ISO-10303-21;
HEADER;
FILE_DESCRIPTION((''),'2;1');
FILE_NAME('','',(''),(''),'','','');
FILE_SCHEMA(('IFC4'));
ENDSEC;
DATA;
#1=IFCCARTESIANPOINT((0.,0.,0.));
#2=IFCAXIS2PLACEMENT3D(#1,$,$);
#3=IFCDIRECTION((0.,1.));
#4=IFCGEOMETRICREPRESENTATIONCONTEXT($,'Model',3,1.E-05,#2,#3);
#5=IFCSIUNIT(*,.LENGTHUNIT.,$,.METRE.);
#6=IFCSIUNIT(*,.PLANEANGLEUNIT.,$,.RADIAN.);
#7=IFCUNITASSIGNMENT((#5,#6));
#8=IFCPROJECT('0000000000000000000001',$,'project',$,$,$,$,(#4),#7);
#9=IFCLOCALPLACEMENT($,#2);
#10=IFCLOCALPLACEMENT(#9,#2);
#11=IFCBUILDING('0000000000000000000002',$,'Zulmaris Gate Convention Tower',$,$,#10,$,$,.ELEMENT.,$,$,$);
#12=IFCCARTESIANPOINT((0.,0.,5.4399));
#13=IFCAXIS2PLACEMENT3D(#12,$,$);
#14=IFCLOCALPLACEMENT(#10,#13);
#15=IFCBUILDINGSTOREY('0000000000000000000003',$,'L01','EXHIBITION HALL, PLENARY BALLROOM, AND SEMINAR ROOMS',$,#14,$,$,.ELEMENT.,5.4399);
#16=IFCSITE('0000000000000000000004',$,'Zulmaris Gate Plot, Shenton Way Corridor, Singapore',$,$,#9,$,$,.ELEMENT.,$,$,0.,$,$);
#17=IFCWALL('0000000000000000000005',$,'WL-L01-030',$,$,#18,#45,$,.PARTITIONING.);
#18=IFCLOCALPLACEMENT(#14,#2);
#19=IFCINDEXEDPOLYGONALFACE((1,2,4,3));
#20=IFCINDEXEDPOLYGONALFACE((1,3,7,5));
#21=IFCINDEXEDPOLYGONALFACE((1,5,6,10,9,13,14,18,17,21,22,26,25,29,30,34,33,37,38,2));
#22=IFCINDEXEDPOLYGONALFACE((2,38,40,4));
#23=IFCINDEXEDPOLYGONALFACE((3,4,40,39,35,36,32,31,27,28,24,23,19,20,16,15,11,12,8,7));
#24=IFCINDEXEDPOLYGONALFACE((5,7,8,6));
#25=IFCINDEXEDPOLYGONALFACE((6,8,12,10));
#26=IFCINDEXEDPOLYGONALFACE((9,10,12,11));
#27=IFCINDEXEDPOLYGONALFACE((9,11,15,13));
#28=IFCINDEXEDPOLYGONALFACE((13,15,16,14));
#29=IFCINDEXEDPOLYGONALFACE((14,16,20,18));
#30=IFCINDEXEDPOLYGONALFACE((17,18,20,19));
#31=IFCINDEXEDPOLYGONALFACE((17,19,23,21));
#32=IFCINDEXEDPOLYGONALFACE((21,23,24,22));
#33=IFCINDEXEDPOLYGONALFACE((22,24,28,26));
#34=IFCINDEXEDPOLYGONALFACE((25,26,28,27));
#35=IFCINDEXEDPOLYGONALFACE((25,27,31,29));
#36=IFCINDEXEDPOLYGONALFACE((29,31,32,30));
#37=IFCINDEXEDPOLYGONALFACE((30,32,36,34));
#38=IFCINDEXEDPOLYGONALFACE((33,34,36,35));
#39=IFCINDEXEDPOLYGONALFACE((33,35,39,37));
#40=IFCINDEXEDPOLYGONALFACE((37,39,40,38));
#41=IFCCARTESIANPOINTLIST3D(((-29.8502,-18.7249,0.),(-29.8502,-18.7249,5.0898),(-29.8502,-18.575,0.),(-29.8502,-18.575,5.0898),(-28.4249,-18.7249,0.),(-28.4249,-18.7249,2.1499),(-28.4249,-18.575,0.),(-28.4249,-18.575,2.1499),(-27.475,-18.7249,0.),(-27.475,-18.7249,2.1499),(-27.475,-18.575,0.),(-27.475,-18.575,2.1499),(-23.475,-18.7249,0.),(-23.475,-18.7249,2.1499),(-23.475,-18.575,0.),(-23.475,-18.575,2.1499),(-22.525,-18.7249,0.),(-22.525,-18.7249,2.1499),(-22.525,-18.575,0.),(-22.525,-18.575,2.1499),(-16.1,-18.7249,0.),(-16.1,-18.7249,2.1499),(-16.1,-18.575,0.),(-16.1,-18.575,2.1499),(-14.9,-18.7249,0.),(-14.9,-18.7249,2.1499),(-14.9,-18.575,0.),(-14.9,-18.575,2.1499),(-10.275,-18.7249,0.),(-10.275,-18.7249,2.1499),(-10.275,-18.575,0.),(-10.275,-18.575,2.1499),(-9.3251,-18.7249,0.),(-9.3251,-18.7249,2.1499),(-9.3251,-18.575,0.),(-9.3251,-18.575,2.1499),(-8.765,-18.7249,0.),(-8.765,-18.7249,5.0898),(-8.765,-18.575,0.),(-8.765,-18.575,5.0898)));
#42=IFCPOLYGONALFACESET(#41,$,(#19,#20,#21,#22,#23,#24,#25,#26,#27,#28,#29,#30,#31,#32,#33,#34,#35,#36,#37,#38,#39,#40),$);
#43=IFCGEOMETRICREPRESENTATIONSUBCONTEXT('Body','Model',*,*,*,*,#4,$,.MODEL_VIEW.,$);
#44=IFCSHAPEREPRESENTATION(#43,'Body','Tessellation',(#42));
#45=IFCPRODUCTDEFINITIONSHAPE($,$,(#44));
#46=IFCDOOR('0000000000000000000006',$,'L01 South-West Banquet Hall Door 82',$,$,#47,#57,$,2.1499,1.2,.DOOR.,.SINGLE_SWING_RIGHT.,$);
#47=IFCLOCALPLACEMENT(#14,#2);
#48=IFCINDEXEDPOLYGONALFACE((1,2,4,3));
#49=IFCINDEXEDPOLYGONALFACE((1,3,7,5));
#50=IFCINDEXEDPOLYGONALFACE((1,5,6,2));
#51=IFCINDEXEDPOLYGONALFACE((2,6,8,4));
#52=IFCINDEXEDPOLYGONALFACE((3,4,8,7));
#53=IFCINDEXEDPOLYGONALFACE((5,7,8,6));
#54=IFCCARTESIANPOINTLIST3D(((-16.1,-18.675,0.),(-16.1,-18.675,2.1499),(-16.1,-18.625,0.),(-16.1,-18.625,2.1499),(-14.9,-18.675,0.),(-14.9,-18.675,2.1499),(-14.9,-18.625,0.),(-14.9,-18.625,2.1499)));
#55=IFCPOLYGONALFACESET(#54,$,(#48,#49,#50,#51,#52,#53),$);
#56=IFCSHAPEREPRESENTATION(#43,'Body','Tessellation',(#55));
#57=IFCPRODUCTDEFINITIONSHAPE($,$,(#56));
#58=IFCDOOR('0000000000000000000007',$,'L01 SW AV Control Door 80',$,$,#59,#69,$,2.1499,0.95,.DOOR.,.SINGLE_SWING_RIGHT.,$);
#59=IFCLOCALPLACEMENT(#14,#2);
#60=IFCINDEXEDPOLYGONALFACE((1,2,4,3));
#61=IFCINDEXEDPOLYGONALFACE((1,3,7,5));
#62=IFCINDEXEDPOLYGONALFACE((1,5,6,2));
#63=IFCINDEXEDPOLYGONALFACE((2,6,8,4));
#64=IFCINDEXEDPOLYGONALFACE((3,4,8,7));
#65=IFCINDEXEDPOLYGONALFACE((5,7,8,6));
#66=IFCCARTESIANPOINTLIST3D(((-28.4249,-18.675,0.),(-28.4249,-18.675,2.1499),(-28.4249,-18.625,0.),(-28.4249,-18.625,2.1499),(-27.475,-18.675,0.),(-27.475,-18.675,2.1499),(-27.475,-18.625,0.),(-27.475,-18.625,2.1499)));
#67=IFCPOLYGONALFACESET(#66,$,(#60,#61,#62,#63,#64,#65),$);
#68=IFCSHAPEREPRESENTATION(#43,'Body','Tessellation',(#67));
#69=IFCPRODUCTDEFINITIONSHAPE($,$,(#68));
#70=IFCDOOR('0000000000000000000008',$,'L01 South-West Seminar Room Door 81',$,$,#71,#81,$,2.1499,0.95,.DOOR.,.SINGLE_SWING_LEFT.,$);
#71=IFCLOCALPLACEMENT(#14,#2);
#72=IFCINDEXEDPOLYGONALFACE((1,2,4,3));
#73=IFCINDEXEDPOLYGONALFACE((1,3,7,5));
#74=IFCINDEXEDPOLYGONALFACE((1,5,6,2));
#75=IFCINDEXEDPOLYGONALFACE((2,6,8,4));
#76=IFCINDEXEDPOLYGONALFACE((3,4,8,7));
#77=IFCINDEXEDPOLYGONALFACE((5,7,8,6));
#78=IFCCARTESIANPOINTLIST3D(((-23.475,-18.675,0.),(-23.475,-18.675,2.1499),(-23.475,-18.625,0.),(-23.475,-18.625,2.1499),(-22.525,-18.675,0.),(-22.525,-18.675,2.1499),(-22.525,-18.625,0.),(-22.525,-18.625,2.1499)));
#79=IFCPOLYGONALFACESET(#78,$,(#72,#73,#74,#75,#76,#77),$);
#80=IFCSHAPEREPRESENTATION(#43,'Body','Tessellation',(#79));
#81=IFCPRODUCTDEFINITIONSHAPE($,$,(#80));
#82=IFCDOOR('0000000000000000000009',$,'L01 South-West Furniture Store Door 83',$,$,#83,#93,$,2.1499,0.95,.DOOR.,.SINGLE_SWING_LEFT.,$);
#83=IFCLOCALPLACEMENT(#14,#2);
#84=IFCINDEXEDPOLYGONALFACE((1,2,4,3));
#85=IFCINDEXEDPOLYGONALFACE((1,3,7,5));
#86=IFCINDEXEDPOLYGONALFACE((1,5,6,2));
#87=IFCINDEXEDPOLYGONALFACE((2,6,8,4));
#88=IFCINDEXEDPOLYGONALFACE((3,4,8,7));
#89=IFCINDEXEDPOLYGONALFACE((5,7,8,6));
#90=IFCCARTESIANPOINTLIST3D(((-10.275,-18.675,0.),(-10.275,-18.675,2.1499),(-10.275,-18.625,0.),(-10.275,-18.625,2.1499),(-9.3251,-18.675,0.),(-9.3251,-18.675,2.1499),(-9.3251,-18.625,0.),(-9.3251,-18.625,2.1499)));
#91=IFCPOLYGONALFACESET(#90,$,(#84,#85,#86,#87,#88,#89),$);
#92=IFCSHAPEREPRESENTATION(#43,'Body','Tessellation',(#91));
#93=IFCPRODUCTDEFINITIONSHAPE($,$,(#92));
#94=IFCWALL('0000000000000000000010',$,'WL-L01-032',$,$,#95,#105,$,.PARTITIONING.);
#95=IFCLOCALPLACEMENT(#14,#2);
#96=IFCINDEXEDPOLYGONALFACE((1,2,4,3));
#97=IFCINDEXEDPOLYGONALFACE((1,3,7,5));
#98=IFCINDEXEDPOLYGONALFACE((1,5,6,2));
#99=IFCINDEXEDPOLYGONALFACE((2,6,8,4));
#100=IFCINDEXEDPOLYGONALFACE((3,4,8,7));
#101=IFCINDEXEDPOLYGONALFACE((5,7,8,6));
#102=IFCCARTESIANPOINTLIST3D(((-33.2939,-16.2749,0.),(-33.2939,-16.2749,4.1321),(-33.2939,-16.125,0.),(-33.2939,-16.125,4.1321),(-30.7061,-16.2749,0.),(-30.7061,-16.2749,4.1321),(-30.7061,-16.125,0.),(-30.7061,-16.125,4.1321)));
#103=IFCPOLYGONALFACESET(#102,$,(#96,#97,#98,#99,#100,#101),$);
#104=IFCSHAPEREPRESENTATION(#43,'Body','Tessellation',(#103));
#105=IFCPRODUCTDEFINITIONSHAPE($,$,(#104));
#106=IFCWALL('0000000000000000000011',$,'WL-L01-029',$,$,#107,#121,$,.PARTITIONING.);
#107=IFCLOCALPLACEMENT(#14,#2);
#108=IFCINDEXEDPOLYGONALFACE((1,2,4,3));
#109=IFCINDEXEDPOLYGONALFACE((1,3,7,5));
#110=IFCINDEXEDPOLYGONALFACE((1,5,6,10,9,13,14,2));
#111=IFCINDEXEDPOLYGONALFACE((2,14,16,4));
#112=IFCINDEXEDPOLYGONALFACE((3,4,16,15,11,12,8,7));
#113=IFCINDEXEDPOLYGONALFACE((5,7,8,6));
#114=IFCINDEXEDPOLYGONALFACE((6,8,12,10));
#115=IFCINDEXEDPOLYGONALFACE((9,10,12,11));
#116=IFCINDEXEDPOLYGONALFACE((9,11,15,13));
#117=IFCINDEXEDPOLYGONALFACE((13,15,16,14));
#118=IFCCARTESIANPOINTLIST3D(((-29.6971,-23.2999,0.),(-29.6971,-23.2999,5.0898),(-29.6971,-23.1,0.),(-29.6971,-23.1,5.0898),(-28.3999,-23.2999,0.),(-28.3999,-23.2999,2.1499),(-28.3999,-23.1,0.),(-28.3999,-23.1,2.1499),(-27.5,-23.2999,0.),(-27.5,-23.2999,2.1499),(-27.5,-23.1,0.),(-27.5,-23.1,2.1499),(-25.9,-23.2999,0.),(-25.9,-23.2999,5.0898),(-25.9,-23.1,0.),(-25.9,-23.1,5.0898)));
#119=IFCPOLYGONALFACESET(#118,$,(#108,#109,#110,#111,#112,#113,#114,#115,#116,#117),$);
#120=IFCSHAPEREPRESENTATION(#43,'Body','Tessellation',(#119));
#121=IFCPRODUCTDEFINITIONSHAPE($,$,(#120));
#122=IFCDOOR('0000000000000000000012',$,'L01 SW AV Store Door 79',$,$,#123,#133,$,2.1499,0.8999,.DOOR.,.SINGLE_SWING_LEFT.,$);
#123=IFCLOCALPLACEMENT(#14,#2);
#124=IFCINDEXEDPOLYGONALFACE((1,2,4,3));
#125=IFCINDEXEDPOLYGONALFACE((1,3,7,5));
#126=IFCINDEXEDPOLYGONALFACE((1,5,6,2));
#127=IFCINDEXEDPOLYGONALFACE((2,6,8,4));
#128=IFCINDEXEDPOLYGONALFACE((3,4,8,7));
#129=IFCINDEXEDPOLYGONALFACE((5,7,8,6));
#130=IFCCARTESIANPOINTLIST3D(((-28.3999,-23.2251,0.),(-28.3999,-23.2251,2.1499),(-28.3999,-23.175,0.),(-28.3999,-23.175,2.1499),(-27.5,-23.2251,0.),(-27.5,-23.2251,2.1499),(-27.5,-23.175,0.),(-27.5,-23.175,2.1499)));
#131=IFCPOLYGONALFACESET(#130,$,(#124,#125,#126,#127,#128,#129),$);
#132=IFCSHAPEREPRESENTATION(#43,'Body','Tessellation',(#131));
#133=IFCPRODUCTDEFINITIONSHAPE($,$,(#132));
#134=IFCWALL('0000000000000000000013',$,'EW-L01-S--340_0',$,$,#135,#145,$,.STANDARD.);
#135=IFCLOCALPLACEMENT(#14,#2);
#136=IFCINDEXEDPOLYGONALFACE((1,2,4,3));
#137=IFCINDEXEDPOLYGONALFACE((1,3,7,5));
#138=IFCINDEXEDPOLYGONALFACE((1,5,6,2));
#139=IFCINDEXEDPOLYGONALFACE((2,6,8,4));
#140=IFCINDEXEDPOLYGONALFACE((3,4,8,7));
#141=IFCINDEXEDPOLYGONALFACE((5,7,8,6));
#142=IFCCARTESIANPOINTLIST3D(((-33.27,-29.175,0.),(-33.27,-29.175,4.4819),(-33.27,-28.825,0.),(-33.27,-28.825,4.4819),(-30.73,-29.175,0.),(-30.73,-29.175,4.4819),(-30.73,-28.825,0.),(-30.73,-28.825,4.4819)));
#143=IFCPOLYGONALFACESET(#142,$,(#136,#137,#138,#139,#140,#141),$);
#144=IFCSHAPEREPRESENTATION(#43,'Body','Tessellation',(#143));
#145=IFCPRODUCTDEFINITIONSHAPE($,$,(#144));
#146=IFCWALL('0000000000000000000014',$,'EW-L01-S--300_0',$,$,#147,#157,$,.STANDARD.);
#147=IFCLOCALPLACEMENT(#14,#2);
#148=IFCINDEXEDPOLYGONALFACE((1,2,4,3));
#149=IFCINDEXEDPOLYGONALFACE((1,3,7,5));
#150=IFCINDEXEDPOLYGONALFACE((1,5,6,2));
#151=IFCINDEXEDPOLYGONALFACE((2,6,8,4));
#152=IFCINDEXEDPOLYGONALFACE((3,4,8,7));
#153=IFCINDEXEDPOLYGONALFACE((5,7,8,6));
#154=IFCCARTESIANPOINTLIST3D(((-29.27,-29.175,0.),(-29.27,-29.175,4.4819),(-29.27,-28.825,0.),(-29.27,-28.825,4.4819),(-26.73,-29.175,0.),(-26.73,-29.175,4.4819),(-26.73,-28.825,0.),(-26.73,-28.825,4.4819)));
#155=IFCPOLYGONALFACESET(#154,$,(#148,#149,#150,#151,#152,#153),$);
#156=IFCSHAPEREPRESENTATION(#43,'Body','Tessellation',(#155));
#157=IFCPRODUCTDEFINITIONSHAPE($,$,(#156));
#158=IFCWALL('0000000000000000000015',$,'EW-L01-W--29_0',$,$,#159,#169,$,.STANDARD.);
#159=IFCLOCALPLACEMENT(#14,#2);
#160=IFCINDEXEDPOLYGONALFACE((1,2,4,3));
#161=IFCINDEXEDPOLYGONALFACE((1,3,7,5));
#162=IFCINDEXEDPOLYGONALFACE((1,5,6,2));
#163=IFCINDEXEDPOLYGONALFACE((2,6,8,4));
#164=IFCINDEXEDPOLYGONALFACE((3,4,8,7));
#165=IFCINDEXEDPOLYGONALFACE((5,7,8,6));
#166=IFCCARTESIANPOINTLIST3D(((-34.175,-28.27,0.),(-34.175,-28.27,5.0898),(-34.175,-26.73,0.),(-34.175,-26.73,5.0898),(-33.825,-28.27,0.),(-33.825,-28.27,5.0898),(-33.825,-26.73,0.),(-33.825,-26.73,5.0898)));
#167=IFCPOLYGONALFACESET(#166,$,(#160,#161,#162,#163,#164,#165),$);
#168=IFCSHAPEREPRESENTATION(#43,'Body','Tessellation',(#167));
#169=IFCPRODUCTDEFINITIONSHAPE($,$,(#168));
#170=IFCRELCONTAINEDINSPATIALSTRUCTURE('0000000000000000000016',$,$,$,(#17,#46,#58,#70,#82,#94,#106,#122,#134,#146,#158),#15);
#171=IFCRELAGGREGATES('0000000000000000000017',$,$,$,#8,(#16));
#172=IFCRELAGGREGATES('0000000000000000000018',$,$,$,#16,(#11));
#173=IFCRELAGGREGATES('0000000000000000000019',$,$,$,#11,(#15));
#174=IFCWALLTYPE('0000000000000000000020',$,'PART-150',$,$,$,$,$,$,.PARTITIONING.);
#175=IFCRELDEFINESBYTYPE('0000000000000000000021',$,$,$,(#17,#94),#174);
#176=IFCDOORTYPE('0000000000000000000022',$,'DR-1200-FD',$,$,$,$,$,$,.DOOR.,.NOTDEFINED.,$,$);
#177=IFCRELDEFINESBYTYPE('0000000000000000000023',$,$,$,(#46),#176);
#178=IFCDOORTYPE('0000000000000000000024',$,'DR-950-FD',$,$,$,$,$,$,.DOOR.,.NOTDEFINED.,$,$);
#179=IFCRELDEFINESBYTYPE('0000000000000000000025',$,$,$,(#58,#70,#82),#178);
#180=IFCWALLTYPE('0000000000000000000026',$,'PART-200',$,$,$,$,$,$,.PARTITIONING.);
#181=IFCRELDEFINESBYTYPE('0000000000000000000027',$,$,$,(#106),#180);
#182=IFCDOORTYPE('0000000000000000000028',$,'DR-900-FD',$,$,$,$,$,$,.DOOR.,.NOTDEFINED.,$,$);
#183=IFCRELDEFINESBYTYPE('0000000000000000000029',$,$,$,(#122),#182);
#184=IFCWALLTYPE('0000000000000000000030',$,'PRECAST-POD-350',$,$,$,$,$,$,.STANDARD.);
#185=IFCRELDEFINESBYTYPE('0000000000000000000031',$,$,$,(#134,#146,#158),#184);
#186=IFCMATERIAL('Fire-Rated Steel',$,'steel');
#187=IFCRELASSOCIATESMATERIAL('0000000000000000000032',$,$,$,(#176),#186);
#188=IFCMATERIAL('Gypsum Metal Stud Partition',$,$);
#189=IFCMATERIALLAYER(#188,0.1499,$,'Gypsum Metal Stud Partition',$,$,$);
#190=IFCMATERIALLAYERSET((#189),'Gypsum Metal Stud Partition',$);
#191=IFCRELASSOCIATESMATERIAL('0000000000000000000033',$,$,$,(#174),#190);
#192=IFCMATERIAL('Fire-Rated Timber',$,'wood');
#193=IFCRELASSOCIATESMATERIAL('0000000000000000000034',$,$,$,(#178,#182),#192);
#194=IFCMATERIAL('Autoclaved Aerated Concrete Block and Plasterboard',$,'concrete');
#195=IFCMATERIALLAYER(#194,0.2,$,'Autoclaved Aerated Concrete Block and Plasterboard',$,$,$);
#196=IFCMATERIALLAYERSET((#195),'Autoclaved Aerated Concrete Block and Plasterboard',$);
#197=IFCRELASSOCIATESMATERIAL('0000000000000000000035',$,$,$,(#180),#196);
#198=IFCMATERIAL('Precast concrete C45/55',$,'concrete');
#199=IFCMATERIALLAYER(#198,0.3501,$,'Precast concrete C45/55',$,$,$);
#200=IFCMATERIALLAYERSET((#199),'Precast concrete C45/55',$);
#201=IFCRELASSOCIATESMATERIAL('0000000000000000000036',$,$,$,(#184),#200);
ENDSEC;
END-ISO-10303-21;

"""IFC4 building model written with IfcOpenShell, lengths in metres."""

from ifc_helpers import new_model, si_unit, direction, frame, frame_2d, origin, place, context, subcontext, project, spatial, rectangle, extrude, material, layer, layer_set, type_object, element, fill, save


model = new_model("IFC4")

# Units and contexts
model_context = context("Model", 3, precision=1e-05, world=origin(), true_north=direction((0.0, 1.0)))
body_context = subcontext(model_context, "Body", "Model", "MODEL_VIEW")
ifc_project = project(units=[si_unit("LENGTHUNIT", "METRE"), si_unit("PLANEANGLEUNIT", "RADIAN")], contexts=[model_context])

# Site, building, storey
site_placement = place(None, origin())
site = spatial("IfcSite", under=ifc_project, at=site_placement, Name="Zulmaris Gate Plot, Shenton Way Corridor, Singapore", CompositionType="ELEMENT", RefElevation=0.0)
building_placement = place(site_placement, origin())
building = spatial("IfcBuilding", under=site, at=building_placement, Name="Zulmaris Gate Convention Tower", CompositionType="ELEMENT")
storey_placement = place(building_placement, frame((0.0, 0.0, 5.4399)))
storey = spatial("IfcBuildingStorey", under=building, at=storey_placement, Name="L01", Description="EXHIBITION HALL, PLENARY BALLROOM, AND SEMINAR ROOMS", CompositionType="ELEMENT", Elevation=5.4399)

# Shared definitions
ifc_material_1 = material(Name="Fire-Rated Steel", Category="steel")
door_type_1 = type_object("IfcDoorType", Name="DR-1200-FD", OperationType="NOTDEFINED", PredefinedType="DOOR", material=ifc_material_1)

# Wall, openings, doors
ifc_material_2 = material(Name="Gypsum Metal Stud Partition")
ifc_layer_1 = layer(ifc_material_2, 0.1499, Name="Gypsum Metal Stud Partition")
ifc_layer_set_1 = layer_set([ifc_layer_1], Name="Gypsum Metal Stud Partition")
wall_type_1 = type_object("IfcWallType", Name="PART-150", PredefinedType="PARTITIONING", material=ifc_layer_set_1)
wall_1_placement = place(storey_placement, frame((-29.8501, -18.6499, 0.0), z_axis=(0.0, 0.0, 1.0), x_axis=(1.0, 0.0, 0.0)))
wall_1 = element("IfcWall", 1, at=wall_1_placement, inside=storey, type_object=wall_type_1, Name="WL-L01-030", PredefinedType="PARTITIONING", context=body_context, shape_type="SweptSolid", body=[
    extrude(rectangle(XDim=21.0852, YDim=0.1499, at=frame_2d((10.5425, 0.0))), origin(), (0.0, 0.0, 1.0), 5.0898),
])
opening_1_placement = place(wall_1_placement, frame((1.425, 0.0, 0.0)))
opening_1 = element("IfcOpeningElement", 2, at=opening_1_placement, cuts=wall_1, PredefinedType="OPENING", context=body_context, shape_type="SweptSolid", body=[
    extrude(rectangle(XDim=0.95, YDim=2.1499, at=frame_2d((0.4751, 1.075))), frame((0.0, 0.085, 0.0), z_axis=(0.0, -1.0, 0.0), x_axis=(1.0, 0.0, 0.0)), (0.0, 0.0, 1.0), 0.1699),
])
opening_2_placement = place(wall_1_placement, frame((6.375, 0.0, 0.0)))
opening_2 = element("IfcOpeningElement", 3, at=opening_2_placement, cuts=wall_1, PredefinedType="OPENING", context=body_context, shape_type="SweptSolid", body=[
    extrude(rectangle(XDim=0.95, YDim=2.1499, at=frame_2d((0.4751, 1.075))), frame((0.0, 0.085, 0.0), z_axis=(0.0, -1.0, 0.0), x_axis=(1.0, 0.0, 0.0)), (0.0, 0.0, 1.0), 0.1699),
])
opening_3_placement = place(wall_1_placement, frame((13.75, 0.0, 0.0)))
opening_3 = element("IfcOpeningElement", 4, at=opening_3_placement, cuts=wall_1, PredefinedType="OPENING", context=body_context, shape_type="SweptSolid", body=[
    extrude(rectangle(XDim=1.2, YDim=2.1499, at=frame_2d((0.6001, 1.075))), frame((0.0, 0.085, 0.0), z_axis=(0.0, -1.0, 0.0), x_axis=(1.0, 0.0, 0.0)), (0.0, 0.0, 1.0), 0.1699),
])
opening_4_placement = place(wall_1_placement, frame((19.575, 0.0, 0.0)))
opening_4 = element("IfcOpeningElement", 5, at=opening_4_placement, cuts=wall_1, PredefinedType="OPENING", context=body_context, shape_type="SweptSolid", body=[
    extrude(rectangle(XDim=0.95, YDim=2.1499, at=frame_2d((0.4751, 1.075))), frame((0.0, 0.085, 0.0), z_axis=(0.0, -1.0, 0.0), x_axis=(1.0, 0.0, 0.0)), (0.0, 0.0, 1.0), 0.1699),
])
door_1_placement = place(opening_3_placement, origin())
door_1 = element("IfcDoor", 6, at=door_1_placement, inside=storey, type_object=door_type_1, Name="L01 South-West Banquet Hall Door 82", OperationType="SINGLE_SWING_RIGHT", OverallHeight=2.1499, OverallWidth=1.2, PredefinedType="DOOR", context=body_context, shape_type="SweptSolid", body=[
    extrude(rectangle(XDim=1.2, YDim=2.1499, at=frame_2d((0.6001, 1.075))), frame((0.0, 0.0249, 0.0), z_axis=(0.0, -1.0, 0.0), x_axis=(1.0, 0.0, 0.0)), (0.0, 0.0, 1.0), 0.05),
])
fill(opening_3, door_1)
ifc_material_3 = material(Name="Fire-Rated Timber", Category="wood")
door_type_2 = type_object("IfcDoorType", Name="DR-950-FD", OperationType="NOTDEFINED", PredefinedType="DOOR", material=ifc_material_3)
door_2_placement = place(opening_1_placement, origin())
door_2 = element("IfcDoor", 7, at=door_2_placement, inside=storey, type_object=door_type_2, Name="L01 SW AV Control Door 80", OperationType="SINGLE_SWING_RIGHT", OverallHeight=2.1499, OverallWidth=0.95, PredefinedType="DOOR", context=body_context, shape_type="SweptSolid", body=[
    extrude(rectangle(XDim=0.95, YDim=2.1499, at=frame_2d((0.4751, 1.075))), frame((0.0, 0.0249, 0.0), z_axis=(0.0, -1.0, 0.0), x_axis=(1.0, 0.0, 0.0)), (0.0, 0.0, 1.0), 0.05),
])
fill(opening_1, door_2)
door_3_placement = place(opening_2_placement, origin())
door_3 = element("IfcDoor", 8, at=door_3_placement, inside=storey, type_object=door_type_2, Name="L01 South-West Seminar Room Door 81", OperationType="SINGLE_SWING_LEFT", OverallHeight=2.1499, OverallWidth=0.95, PredefinedType="DOOR", context=body_context, shape_type="SweptSolid", body=[
    extrude(rectangle(XDim=0.95, YDim=2.1499, at=frame_2d((0.4751, 1.075))), frame((0.0, 0.0249, 0.0), z_axis=(0.0, -1.0, 0.0), x_axis=(1.0, 0.0, 0.0)), (0.0, 0.0, 1.0), 0.05),
])
fill(opening_2, door_3)
door_4_placement = place(opening_4_placement, origin())
door_4 = element("IfcDoor", 9, at=door_4_placement, inside=storey, type_object=door_type_2, Name="L01 South-West Furniture Store Door 83", OperationType="SINGLE_SWING_LEFT", OverallHeight=2.1499, OverallWidth=0.95, PredefinedType="DOOR", context=body_context, shape_type="SweptSolid", body=[
    extrude(rectangle(XDim=0.95, YDim=2.1499, at=frame_2d((0.4751, 1.075))), frame((0.0, 0.0249, 0.0), z_axis=(0.0, -1.0, 0.0), x_axis=(1.0, 0.0, 0.0)), (0.0, 0.0, 1.0), 0.05),
])
fill(opening_4, door_4)

# Wall
wall_2_placement = place(storey_placement, frame((-33.2939, -16.2, 0.0), z_axis=(0.0, 0.0, 1.0), x_axis=(1.0, 0.0, 0.0)))
element("IfcWall", 10, at=wall_2_placement, inside=storey, type_object=wall_type_1, Name="WL-L01-032", PredefinedType="PARTITIONING", context=body_context, shape_type="SweptSolid", body=[
    extrude(rectangle(XDim=2.5879, YDim=0.1499, at=frame_2d((1.2939, 0.0))), origin(), (0.0, 0.0, 1.0), 4.1321),
])

# Wall, opening, door
ifc_material_4 = material(Name="Autoclaved Aerated Concrete Block and Plasterboard", Category="concrete")
ifc_layer_2 = layer(ifc_material_4, 0.2, Name="Autoclaved Aerated Concrete Block and Plasterboard")
ifc_layer_set_2 = layer_set([ifc_layer_2], Name="Autoclaved Aerated Concrete Block and Plasterboard")
wall_type_2 = type_object("IfcWallType", Name="PART-200", PredefinedType="PARTITIONING", material=ifc_layer_set_2)
wall_3_placement = place(storey_placement, frame((-29.697, -23.2, 0.0), z_axis=(0.0, 0.0, 1.0), x_axis=(1.0, 0.0, 0.0)))
wall_3 = element("IfcWall", 11, at=wall_3_placement, inside=storey, type_object=wall_type_2, Name="WL-L01-029", PredefinedType="PARTITIONING", context=body_context, shape_type="SweptSolid", body=[
    extrude(rectangle(XDim=3.7971, YDim=0.2, at=frame_2d((1.8984, 0.0))), origin(), (0.0, 0.0, 1.0), 5.0898),
])
opening_5_placement = place(wall_3_placement, frame((1.2971, 0.0, 0.0)))
opening_5 = element("IfcOpeningElement", 12, at=opening_5_placement, cuts=wall_3, PredefinedType="OPENING", context=body_context, shape_type="SweptSolid", body=[
    extrude(rectangle(XDim=0.8999, YDim=2.1499, at=frame_2d((0.45, 1.075))), frame((0.0, 0.1099, 0.0), z_axis=(0.0, -1.0, 0.0), x_axis=(1.0, 0.0, 0.0)), (0.0, 0.0, 1.0), 0.22),
])
door_type_3 = type_object("IfcDoorType", Name="DR-900-FD", OperationType="NOTDEFINED", PredefinedType="DOOR", material=ifc_material_3)
door_5_placement = place(opening_5_placement, origin())
door_5 = element("IfcDoor", 13, at=door_5_placement, inside=storey, type_object=door_type_3, Name="L01 SW AV Store Door 79", OperationType="SINGLE_SWING_LEFT", OverallHeight=2.1499, OverallWidth=0.8999, PredefinedType="DOOR", context=body_context, shape_type="SweptSolid", body=[
    extrude(rectangle(XDim=0.8999, YDim=2.1499, at=frame_2d((0.45, 1.075))), frame((0.0, 0.0249, 0.0), z_axis=(0.0, -1.0, 0.0), x_axis=(1.0, 0.0, 0.0)), (0.0, 0.0, 1.0), 0.05),
])
fill(opening_5, door_5)

# Walls
ifc_material_5 = material(Name="Precast concrete C45/55", Category="concrete")
ifc_layer_3 = layer(ifc_material_5, 0.3501, Name="Precast concrete C45/55")
ifc_layer_set_3 = layer_set([ifc_layer_3], Name="Precast concrete C45/55")
wall_type_3 = type_object("IfcWallType", Name="PRECAST-POD-350", PredefinedType="STANDARD", material=ifc_layer_set_3)
for number, where, z_axis, x_axis, name in (
    (14, (-33.27, -29.0, 0.0), (0.0, 0.0, 1.0), (1.0, 0.0, 0.0), "EW-L01-S--340_0"),
    (15, (-29.27, -29.0, 0.0), (0.0, 0.0, 1.0), (1.0, 0.0, 0.0), "EW-L01-S--300_0"),
):
    element("IfcWall", number, at=place(storey_placement, frame(where, z_axis=z_axis, x_axis=x_axis)), inside=storey, type_object=wall_type_3, Name=name, PredefinedType="STANDARD", context=body_context, shape_type="SweptSolid", body=[
        extrude(rectangle(XDim=2.54, YDim=0.3501, at=frame_2d((1.27, 0.0))), origin(), (0.0, 0.0, 1.0), 4.4819),
    ])
wall_4_placement = place(storey_placement, frame((-34.0, -28.27, 0.0), z_axis=(0.0, 0.0, 1.0), x_axis=(0.0, 1.0, 0.0)))
element("IfcWall", 16, at=wall_4_placement, inside=storey, type_object=wall_type_3, Name="EW-L01-W--29_0", PredefinedType="STANDARD", context=body_context, shape_type="SweptSolid", body=[
    extrude(rectangle(XDim=1.54, YDim=0.3501, at=frame_2d((0.77, 0.0))), origin(), (0.0, 0.0, 1.0), 5.0898),
])

save(model, "model.ifc")
